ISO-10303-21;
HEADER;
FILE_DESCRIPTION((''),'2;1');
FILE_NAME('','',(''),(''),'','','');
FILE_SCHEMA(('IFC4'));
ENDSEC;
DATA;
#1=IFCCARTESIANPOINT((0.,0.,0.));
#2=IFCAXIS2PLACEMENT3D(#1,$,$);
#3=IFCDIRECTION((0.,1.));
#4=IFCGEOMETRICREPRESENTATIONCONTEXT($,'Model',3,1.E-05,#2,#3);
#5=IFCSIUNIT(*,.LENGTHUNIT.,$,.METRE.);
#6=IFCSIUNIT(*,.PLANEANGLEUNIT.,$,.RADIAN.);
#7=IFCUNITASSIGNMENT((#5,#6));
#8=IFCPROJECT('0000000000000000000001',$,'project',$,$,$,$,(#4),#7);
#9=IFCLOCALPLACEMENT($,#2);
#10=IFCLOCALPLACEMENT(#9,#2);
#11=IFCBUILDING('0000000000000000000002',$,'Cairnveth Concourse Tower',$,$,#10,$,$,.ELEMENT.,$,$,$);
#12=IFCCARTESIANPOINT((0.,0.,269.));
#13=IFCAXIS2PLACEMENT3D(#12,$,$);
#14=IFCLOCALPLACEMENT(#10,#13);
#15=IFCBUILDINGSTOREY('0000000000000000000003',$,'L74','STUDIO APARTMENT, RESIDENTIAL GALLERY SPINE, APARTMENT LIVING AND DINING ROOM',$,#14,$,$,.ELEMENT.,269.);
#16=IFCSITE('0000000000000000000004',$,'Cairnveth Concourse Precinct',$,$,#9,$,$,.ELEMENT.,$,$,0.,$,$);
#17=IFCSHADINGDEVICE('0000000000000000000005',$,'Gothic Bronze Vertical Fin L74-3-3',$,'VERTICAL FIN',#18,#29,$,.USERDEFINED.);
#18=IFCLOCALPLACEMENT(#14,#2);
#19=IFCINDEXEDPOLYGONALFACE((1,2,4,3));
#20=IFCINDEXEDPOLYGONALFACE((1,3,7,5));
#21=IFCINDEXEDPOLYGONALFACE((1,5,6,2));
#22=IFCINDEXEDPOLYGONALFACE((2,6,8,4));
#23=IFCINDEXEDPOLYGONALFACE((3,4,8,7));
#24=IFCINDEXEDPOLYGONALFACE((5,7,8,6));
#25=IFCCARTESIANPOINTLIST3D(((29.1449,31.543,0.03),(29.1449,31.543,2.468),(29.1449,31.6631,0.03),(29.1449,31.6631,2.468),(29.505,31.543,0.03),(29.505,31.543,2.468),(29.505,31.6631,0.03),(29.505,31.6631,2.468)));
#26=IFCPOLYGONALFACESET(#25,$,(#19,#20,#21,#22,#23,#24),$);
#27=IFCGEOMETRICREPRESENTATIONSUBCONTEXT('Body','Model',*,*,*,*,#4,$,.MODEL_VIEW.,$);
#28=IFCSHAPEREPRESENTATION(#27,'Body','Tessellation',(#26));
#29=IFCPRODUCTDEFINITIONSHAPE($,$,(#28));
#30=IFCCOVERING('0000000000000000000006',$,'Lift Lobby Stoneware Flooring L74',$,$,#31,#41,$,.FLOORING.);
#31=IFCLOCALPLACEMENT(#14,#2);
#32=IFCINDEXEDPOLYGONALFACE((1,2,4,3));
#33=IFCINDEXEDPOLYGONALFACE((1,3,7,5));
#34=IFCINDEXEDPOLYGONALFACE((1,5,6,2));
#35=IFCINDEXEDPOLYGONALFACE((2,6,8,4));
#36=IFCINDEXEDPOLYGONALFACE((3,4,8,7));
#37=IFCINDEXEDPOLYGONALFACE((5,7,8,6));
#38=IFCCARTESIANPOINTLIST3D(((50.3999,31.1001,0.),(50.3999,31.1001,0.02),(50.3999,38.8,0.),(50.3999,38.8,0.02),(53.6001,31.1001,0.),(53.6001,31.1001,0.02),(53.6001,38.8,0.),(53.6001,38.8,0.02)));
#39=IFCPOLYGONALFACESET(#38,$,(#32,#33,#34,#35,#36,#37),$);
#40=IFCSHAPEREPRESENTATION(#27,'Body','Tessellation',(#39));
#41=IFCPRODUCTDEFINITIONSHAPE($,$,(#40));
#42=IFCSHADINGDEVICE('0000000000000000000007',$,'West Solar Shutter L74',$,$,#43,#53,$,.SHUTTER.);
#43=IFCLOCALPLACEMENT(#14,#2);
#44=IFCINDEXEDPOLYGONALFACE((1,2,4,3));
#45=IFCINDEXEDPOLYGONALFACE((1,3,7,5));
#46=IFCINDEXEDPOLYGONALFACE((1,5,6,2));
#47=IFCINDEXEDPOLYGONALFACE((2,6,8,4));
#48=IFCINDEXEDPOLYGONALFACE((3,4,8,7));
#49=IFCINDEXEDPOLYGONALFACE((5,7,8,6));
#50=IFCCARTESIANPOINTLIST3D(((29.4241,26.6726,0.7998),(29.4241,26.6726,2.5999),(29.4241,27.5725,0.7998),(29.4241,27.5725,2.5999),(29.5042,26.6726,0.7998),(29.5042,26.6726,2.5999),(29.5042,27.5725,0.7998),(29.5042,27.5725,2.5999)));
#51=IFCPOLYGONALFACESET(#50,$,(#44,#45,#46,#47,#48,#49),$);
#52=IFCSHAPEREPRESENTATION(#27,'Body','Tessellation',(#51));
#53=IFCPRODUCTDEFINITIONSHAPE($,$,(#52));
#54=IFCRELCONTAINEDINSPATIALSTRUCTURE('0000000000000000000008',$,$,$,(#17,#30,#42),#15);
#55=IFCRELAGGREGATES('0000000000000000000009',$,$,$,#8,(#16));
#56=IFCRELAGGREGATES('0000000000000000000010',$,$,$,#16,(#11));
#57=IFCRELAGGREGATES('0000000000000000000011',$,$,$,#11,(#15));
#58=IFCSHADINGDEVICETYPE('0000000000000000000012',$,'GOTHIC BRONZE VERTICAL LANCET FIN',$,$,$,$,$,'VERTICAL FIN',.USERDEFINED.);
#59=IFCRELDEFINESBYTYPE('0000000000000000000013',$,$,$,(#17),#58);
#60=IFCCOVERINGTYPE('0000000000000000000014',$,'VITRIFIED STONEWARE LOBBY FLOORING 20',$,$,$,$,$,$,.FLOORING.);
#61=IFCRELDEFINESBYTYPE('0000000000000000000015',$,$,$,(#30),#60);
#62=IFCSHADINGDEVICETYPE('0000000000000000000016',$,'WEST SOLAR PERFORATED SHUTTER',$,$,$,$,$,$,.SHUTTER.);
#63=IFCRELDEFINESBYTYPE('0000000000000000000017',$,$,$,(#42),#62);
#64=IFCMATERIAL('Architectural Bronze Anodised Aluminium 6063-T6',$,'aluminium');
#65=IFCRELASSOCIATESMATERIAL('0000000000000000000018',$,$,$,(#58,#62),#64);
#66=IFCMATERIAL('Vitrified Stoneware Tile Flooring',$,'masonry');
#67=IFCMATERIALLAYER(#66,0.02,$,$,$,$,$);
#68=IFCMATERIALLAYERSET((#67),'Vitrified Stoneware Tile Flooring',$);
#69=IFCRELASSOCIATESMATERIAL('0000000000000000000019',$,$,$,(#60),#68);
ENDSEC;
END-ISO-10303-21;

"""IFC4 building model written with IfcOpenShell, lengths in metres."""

from ifc_helpers import new_model, si_unit, direction, frame, origin, origin_2d, place, context, subcontext, project, spatial, polyline, rectangle, outline, extrude, material, layer, layer_set, type_object, element, save


model = new_model("IFC4")

# Units and contexts
model_context = context("Model", 3, precision=1e-05, world=origin(), true_north=direction((0.0, 1.0)))
body_context = subcontext(model_context, "Body", "Model", "MODEL_VIEW")
ifc_project = project(units=[si_unit("LENGTHUNIT", "METRE"), si_unit("PLANEANGLEUNIT", "RADIAN")], contexts=[model_context])

# Site, building, storey
site_placement = place(None, origin())
site = spatial("IfcSite", under=ifc_project, at=site_placement, Name="Cairnveth Concourse Precinct", CompositionType="ELEMENT", RefElevation=0.0)
building_placement = place(site_placement, origin())
building = spatial("IfcBuilding", under=site, at=building_placement, Name="Cairnveth Concourse Tower", CompositionType="ELEMENT")
storey_placement = place(building_placement, frame((0.0, 0.0, 269.0)))
storey = spatial("IfcBuildingStorey", under=building, at=storey_placement, Name="L74", Description="STUDIO APARTMENT, RESIDENTIAL GALLERY SPINE, APARTMENT LIVING AND DINING ROOM", CompositionType="ELEMENT", Elevation=269.0)

# Shading device
ifc_material_1 = material(Name="Architectural Bronze Anodised Aluminium 6063-T6", Category="aluminium")
shading_device_type_1 = type_object("IfcShadingDeviceType", Name="GOTHIC BRONZE VERTICAL LANCET FIN", ElementType="VERTICAL FIN", PredefinedType="USERDEFINED", material=ifc_material_1)
for number, where, z_axis, x_axis, name in (
    (1, (29.325, 31.603, 0.03), (0.0, 0.0, 1.0), (0.0, 1.0, 0.0), "Gothic Bronze Vertical Fin L74-3-3"),
):
    element("IfcShadingDevice", number, at=place(storey_placement, frame(where, z_axis=z_axis, x_axis=x_axis)), inside=storey, type_object=shading_device_type_1, Name=name, ObjectType="VERTICAL FIN", PredefinedType="USERDEFINED", context=body_context, shape_type="SweptSolid", body=[
        extrude(rectangle(XDim=0.1201, YDim=0.3601, at=origin_2d()), origin(), (0.0, 0.0, 1.0), 2.438),
    ])

# Covering
ifc_material_2 = material(Name="Vitrified Stoneware Tile Flooring", Category="masonry")
ifc_layer_1 = layer(ifc_material_2, 0.02)
ifc_layer_set_1 = layer_set([ifc_layer_1], Name="Vitrified Stoneware Tile Flooring")
covering_type_1 = type_object("IfcCoveringType", Name="VITRIFIED STONEWARE LOBBY FLOORING 20", PredefinedType="FLOORING", material=ifc_layer_set_1)
covering_1_placement = place(storey_placement, origin())
element("IfcCovering", 2, at=covering_1_placement, inside=storey, type_object=covering_type_1, Name="Lift Lobby Stoneware Flooring L74", PredefinedType="FLOORING", context=body_context, shape_type="SweptSolid", body=[
    extrude(outline(polyline([(50.3999, 31.1001), (53.6001, 31.1001), (53.6001, 38.8), (50.3999, 38.8), (50.3999, 31.1001)])), origin(), (0.0, 0.0, 1.0), 0.02),
])

# Shading device
shading_device_type_2 = type_object("IfcShadingDeviceType", Name="WEST SOLAR PERFORATED SHUTTER", PredefinedType="SHUTTER", material=ifc_material_1)
shading_device_placement = place(storey_placement, frame((29.4641, 27.1226, 0.7998), z_axis=(0.0, 0.0, 1.0), x_axis=(1.0, 0.0, 0.0)))
element("IfcShadingDevice", 3, at=shading_device_placement, inside=storey, type_object=shading_device_type_2, Name="West Solar Shutter L74", PredefinedType="SHUTTER", context=body_context, shape_type="SweptSolid", body=[
    extrude(rectangle(XDim=0.0801, YDim=0.8999, at=origin_2d()), origin(), (0.0, 0.0, 1.0), 1.8),
])

save(model, "model.ifc")
